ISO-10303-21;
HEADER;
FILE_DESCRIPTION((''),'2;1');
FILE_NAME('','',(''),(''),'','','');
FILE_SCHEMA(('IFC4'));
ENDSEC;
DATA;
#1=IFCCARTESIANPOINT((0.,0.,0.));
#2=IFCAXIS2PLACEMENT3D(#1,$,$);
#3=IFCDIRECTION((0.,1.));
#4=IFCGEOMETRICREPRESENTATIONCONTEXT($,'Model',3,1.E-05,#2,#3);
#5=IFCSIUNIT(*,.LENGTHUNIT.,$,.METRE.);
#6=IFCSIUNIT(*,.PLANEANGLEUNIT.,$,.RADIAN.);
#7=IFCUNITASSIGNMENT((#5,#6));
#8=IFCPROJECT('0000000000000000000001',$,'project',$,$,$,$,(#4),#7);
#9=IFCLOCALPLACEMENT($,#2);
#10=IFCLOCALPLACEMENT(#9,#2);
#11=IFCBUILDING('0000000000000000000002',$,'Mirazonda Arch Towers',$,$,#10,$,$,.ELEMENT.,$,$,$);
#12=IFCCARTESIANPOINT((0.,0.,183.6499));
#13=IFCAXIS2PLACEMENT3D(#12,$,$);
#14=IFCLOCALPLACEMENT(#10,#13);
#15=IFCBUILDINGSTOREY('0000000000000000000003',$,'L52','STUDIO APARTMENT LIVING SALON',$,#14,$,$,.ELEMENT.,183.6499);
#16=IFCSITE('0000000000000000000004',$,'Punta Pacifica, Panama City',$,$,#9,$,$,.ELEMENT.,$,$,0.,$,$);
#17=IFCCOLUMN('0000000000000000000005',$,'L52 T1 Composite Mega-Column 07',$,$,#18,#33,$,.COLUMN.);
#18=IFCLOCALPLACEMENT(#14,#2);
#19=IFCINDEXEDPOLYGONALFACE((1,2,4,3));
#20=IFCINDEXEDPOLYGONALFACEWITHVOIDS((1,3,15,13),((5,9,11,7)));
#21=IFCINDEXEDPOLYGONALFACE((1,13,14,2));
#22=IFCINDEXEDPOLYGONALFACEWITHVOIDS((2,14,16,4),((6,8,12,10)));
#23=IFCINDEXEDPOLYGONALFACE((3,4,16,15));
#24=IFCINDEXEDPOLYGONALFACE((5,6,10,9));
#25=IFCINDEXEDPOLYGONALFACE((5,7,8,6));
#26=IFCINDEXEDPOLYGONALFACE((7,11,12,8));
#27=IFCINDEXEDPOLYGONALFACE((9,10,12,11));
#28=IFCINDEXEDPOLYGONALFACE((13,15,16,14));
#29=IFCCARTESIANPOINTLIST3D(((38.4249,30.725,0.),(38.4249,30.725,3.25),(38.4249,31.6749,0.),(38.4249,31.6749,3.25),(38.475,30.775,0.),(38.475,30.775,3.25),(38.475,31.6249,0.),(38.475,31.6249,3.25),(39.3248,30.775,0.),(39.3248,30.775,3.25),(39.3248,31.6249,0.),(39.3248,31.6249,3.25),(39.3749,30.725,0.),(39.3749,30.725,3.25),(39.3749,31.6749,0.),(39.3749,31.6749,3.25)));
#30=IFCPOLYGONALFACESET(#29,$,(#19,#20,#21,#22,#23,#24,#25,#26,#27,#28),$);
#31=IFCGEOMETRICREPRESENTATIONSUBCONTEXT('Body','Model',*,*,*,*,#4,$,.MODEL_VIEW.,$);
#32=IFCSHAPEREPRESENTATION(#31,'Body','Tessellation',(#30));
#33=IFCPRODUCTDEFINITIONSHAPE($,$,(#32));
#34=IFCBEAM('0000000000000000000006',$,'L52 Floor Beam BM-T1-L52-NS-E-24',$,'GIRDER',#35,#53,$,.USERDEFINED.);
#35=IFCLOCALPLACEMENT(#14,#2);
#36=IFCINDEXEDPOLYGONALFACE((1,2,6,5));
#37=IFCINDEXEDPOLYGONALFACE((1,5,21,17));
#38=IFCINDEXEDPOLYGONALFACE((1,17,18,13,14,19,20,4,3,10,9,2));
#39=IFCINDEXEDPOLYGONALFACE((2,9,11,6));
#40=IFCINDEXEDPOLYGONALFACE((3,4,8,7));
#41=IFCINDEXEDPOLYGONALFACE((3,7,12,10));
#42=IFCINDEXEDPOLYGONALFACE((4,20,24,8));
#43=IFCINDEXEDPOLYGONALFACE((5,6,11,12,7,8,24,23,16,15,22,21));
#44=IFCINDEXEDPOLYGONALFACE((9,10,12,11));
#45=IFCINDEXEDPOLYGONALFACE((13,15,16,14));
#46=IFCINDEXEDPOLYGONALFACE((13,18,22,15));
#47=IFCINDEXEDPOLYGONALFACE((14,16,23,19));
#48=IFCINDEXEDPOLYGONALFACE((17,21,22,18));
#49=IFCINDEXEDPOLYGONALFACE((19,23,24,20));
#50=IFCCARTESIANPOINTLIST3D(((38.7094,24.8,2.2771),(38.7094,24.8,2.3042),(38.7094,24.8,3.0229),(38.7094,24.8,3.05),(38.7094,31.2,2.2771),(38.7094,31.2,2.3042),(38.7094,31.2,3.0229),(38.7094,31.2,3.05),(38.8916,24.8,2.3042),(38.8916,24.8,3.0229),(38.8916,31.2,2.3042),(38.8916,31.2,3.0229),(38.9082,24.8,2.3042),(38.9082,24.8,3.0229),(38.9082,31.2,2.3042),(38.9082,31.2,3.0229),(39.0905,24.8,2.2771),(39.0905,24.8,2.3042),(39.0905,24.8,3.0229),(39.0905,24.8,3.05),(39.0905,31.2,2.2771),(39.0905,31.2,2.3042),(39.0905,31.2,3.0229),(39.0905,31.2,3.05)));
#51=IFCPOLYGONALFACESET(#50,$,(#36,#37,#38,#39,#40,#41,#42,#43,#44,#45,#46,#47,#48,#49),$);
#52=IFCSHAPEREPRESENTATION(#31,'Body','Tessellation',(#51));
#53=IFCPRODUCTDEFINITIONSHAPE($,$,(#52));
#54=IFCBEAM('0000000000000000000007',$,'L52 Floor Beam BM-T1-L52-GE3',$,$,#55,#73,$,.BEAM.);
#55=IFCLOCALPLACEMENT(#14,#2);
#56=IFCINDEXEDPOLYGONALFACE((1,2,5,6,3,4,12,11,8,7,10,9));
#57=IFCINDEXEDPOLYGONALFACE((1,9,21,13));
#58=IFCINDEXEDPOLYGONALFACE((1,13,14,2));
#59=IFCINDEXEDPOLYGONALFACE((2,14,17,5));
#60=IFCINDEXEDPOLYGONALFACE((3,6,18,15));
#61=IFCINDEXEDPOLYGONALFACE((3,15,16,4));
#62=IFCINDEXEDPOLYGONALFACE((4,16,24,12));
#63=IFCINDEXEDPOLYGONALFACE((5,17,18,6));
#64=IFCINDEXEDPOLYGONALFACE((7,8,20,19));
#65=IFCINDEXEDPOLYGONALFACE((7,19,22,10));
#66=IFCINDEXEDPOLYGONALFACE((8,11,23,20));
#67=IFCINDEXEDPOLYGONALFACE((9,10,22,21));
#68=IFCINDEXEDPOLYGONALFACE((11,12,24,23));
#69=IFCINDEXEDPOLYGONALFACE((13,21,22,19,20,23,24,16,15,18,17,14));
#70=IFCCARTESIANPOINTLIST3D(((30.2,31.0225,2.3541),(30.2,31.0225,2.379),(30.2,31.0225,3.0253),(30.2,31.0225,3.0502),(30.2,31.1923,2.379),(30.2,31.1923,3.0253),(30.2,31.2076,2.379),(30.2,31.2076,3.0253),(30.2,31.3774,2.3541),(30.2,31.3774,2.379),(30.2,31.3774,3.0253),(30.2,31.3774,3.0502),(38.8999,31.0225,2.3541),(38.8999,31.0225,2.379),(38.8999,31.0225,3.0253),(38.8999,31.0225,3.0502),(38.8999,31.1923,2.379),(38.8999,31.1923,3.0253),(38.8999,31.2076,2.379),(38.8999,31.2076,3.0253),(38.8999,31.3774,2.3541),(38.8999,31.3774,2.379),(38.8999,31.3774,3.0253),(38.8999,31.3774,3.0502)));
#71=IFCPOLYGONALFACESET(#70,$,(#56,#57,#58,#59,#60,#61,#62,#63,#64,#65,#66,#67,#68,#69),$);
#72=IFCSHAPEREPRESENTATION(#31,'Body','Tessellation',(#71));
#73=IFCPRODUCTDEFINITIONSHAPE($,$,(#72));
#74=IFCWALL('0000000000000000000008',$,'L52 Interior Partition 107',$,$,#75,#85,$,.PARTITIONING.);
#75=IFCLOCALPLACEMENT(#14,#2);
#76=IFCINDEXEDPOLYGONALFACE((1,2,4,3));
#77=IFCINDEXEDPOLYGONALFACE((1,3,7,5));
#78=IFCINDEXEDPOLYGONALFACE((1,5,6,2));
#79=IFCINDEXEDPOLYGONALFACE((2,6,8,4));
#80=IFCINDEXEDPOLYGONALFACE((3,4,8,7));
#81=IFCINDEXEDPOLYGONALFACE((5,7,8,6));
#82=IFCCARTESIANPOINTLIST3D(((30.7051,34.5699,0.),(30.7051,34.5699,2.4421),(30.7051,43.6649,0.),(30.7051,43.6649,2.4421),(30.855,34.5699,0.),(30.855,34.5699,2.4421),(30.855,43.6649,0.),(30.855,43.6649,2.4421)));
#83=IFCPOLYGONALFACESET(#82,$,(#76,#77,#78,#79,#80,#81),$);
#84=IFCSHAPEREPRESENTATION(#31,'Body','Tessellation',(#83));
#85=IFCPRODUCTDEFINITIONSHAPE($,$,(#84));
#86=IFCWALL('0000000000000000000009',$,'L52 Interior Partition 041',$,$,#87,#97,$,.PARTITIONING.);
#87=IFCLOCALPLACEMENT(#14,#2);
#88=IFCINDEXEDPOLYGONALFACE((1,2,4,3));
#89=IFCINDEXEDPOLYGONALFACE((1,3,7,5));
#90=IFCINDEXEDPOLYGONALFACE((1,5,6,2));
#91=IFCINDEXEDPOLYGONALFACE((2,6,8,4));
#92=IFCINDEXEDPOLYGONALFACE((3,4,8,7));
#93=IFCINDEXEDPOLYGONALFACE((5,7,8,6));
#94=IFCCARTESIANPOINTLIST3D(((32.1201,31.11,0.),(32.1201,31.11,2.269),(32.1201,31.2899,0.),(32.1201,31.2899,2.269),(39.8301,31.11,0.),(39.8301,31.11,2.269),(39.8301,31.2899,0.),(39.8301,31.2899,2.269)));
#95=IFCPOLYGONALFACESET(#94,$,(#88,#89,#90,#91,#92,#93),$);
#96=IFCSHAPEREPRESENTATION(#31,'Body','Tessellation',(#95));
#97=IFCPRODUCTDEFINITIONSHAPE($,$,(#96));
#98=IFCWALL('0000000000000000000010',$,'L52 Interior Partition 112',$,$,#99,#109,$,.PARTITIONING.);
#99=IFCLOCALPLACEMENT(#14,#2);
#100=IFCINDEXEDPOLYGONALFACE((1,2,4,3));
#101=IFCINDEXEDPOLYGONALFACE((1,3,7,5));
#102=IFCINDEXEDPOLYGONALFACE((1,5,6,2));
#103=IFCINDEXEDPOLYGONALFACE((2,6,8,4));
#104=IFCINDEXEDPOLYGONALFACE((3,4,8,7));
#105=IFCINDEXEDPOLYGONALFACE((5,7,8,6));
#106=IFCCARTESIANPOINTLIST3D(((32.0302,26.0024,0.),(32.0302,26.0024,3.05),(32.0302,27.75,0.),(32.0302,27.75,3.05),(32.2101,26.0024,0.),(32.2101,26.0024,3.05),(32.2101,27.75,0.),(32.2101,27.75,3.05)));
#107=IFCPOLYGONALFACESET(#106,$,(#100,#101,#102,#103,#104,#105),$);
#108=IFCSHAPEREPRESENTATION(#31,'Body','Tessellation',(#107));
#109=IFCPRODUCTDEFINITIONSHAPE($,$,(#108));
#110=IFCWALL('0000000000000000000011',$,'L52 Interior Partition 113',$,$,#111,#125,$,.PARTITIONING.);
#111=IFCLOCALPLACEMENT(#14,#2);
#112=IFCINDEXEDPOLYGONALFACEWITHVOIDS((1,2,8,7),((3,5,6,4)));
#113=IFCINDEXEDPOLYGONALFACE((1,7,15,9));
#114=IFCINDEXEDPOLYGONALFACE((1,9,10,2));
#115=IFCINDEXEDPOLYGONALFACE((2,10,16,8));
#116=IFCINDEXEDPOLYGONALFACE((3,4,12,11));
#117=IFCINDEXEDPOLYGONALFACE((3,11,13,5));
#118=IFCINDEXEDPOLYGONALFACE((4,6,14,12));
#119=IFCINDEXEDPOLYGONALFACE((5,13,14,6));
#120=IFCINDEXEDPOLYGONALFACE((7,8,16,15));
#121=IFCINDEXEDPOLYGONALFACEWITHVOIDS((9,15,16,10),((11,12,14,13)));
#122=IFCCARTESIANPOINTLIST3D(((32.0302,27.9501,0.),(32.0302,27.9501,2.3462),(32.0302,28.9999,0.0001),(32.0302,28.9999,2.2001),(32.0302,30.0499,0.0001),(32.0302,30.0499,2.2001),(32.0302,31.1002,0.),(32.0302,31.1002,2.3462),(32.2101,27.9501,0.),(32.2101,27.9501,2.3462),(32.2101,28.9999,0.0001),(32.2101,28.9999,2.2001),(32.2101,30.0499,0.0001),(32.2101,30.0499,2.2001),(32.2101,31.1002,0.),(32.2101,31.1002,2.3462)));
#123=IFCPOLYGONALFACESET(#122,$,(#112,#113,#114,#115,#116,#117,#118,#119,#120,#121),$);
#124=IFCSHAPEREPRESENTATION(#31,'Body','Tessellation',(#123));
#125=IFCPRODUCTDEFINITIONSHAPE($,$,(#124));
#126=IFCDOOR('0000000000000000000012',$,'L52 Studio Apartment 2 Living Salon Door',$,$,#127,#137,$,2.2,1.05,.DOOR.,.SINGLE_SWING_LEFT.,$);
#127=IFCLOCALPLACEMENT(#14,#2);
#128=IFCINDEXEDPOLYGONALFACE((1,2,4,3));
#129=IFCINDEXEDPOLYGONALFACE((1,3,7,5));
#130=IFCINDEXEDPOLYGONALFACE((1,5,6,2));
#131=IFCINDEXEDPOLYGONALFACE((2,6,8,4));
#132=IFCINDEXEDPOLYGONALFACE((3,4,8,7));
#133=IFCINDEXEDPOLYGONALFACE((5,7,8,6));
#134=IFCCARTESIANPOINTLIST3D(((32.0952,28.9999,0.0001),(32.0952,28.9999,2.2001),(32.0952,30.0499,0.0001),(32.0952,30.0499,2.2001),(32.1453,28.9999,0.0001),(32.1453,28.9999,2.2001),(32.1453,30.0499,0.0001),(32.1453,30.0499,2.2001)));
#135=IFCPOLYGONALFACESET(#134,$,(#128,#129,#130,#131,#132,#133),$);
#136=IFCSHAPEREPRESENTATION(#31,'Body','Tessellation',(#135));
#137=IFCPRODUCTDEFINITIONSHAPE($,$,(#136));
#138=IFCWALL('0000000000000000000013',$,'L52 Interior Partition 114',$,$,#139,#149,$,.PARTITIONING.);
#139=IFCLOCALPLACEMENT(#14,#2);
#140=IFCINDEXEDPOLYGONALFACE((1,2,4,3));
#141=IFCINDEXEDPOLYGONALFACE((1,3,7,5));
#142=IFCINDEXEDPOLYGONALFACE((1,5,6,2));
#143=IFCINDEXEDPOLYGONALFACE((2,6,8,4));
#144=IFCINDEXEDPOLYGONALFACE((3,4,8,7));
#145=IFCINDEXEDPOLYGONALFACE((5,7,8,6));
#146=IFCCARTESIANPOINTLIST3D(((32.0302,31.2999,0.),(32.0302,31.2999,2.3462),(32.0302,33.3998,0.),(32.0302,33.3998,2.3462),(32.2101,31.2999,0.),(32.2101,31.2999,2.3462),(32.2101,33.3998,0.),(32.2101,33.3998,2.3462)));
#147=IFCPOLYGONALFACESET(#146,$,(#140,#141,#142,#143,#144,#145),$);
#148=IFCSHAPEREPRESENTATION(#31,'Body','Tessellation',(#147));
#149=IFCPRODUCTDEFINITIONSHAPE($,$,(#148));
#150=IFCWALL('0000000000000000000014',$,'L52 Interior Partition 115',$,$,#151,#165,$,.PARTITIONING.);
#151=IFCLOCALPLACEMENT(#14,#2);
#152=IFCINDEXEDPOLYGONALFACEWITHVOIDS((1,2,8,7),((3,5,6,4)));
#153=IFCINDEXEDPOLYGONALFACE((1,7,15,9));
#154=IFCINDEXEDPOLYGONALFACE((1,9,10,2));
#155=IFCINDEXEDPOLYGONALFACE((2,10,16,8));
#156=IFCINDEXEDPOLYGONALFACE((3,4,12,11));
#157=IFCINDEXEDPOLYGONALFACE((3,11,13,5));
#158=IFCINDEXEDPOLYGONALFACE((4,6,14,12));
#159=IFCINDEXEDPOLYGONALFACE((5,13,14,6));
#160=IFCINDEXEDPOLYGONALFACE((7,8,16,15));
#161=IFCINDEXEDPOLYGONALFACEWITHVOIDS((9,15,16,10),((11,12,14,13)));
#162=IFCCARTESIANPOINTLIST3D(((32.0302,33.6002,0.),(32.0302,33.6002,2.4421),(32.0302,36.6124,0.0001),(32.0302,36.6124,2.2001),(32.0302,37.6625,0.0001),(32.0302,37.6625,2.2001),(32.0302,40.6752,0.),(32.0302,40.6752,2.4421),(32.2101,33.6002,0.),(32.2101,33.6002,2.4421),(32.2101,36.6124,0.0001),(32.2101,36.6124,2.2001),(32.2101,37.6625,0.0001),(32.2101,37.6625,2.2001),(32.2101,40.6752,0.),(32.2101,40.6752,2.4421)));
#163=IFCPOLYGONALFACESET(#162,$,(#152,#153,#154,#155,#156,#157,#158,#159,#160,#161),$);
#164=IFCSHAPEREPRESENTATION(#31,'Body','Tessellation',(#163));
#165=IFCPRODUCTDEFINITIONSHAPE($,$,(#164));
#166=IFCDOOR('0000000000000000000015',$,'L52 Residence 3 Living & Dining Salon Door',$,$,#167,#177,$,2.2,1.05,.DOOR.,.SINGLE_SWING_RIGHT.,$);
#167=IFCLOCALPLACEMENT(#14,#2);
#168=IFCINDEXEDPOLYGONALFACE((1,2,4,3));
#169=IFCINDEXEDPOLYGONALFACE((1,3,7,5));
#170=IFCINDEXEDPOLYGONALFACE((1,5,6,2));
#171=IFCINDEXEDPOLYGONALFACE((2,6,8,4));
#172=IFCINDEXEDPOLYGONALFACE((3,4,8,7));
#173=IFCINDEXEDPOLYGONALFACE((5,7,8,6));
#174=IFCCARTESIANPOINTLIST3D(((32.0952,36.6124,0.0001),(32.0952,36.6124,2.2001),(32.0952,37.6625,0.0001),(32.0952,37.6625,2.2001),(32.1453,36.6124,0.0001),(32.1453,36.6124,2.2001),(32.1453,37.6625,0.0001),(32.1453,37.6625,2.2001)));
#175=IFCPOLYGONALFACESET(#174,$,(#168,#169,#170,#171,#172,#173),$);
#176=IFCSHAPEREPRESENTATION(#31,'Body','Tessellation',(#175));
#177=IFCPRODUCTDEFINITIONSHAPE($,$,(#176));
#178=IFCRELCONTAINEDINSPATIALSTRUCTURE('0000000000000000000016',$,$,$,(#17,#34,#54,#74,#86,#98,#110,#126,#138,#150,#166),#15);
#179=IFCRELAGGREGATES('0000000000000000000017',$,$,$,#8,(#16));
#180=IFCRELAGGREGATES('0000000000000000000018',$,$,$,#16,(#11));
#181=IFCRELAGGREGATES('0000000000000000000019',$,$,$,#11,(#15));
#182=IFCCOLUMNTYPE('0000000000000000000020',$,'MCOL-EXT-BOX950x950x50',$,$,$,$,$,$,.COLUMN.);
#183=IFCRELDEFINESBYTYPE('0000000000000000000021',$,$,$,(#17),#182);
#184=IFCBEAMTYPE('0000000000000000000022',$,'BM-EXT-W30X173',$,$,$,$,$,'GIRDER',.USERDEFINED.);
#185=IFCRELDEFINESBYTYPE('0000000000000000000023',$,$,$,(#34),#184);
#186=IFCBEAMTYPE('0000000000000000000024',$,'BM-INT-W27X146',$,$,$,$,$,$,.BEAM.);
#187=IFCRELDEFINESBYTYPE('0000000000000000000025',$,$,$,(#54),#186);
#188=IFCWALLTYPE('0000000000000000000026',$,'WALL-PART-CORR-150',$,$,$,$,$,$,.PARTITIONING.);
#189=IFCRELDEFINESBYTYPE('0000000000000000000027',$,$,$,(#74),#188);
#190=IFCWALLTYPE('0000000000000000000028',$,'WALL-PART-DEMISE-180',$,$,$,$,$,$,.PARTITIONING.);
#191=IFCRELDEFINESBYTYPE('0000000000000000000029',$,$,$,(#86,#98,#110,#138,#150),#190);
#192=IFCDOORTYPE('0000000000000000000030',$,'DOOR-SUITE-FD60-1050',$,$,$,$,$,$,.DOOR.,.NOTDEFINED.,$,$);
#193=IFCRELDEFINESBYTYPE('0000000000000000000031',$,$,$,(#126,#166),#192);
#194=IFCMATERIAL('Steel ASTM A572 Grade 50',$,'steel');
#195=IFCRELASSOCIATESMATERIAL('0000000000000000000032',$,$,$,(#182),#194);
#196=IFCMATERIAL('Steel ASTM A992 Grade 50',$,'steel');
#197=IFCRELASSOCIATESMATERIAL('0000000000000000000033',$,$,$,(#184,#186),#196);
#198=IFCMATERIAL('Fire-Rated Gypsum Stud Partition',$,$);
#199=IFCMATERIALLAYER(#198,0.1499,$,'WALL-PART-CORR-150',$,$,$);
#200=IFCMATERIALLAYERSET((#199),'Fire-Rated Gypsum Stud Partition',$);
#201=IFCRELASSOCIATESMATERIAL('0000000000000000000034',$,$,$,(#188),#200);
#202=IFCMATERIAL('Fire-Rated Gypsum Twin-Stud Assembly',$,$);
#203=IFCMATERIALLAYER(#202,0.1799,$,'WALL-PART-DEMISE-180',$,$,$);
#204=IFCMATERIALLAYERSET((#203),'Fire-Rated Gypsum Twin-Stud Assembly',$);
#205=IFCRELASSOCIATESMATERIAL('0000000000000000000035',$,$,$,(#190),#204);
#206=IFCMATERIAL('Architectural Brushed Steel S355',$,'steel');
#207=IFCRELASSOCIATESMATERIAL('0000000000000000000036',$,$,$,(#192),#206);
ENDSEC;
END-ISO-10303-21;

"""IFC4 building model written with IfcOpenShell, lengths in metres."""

from ifc_helpers import new_model, si_unit, direction, frame, frame_2d, origin, origin_2d, place, context, subcontext, project, spatial, rectangle, hollow_rectangle, i_section, extrude, material, layer, layer_set, material_profile, profile_set, type_object, element, fill, save


model = new_model("IFC4")

# Units and contexts
model_context = context("Model", 3, precision=1e-05, world=origin(), true_north=direction((0.0, 1.0)))
body_context = subcontext(model_context, "Body", "Model", "MODEL_VIEW")
ifc_project = project(units=[si_unit("LENGTHUNIT", "METRE"), si_unit("PLANEANGLEUNIT", "RADIAN")], contexts=[model_context])

# Site, building, storey
site_placement = place(None, origin())
site = spatial("IfcSite", under=ifc_project, at=site_placement, Name="Punta Pacifica, Panama City", CompositionType="ELEMENT", RefElevation=0.0)
building_placement = place(site_placement, origin())
building = spatial("IfcBuilding", under=site, at=building_placement, Name="Mirazonda Arch Towers", CompositionType="ELEMENT")
storey_placement = place(building_placement, frame((0.0, 0.0, 183.6499)))
storey = spatial("IfcBuildingStorey", under=building, at=storey_placement, Name="L52", Description="STUDIO APARTMENT LIVING SALON", CompositionType="ELEMENT", Elevation=183.6499)

# Column
ifc_material_1 = material(Name="Steel ASTM A572 Grade 50", Category="steel")
ifc_material_profile_1 = material_profile(ifc_material_1, hollow_rectangle(XDim=0.95, YDim=0.95, WallThickness=0.05, at=origin_2d()), Name="BOX950x950x50")
ifc_profile_set_1 = profile_set([ifc_material_profile_1], Name="Steel ASTM A572 Grade 50")
column_type = type_object("IfcColumnType", Name="MCOL-EXT-BOX950x950x50", PredefinedType="COLUMN", material=ifc_profile_set_1)
column_placement = place(storey_placement, frame((38.8999, 31.2, 0.0), z_axis=(0.0, 0.0, 1.0), x_axis=(1.0, 0.0, 0.0)))
element("IfcColumn", 1, at=column_placement, inside=storey, type_object=column_type, Name="L52 T1 Composite Mega-Column 07", PredefinedType="COLUMN", context=body_context, shape_type="SweptSolid", body=[
    extrude(hollow_rectangle(XDim=0.95, YDim=0.95, WallThickness=0.05, at=origin_2d()), origin(), (0.0, 0.0, 1.0), 3.25),
])

# Beams
ifc_material_2 = material(Name="Steel ASTM A992 Grade 50", Category="steel")
ifc_material_profile_2 = material_profile(ifc_material_2, i_section(OverallWidth=0.3811, OverallDepth=0.7729, WebThickness=0.0166, FlangeThickness=0.0271, at=origin_2d()), Name="W30X173")
ifc_profile_set_2 = profile_set([ifc_material_profile_2], Name="Steel ASTM A992 Grade 50")
beam_type_1 = type_object("IfcBeamType", Name="BM-EXT-W30X173", ElementType="GIRDER", PredefinedType="USERDEFINED", material=ifc_profile_set_2)
beam_1_placement = place(storey_placement, frame((38.8999, 24.8, 2.6636), z_axis=(0.0, 1.0, 0.0), x_axis=(-1.0, 0.0, 0.0)))
element("IfcBeam", 2, at=beam_1_placement, inside=storey, type_object=beam_type_1, Name="L52 Floor Beam BM-T1-L52-NS-E-24", ObjectType="GIRDER", PredefinedType="USERDEFINED", context=body_context, shape_type="SweptSolid", body=[
    extrude(i_section(OverallWidth=0.3811, OverallDepth=0.7729, WebThickness=0.0166, FlangeThickness=0.0271, at=origin_2d()), origin(), (0.0, 0.0, 1.0), 6.3999),
])
ifc_material_profile_3 = material_profile(ifc_material_2, i_section(OverallWidth=0.355, OverallDepth=0.696, WebThickness=0.0154, FlangeThickness=0.0249, at=origin_2d()), Name="W27X146")
ifc_profile_set_3 = profile_set([ifc_material_profile_3], Name="Steel ASTM A992 Grade 50")
beam_type_2 = type_object("IfcBeamType", Name="BM-INT-W27X146", PredefinedType="BEAM", material=ifc_profile_set_3)
beam_2_placement = place(storey_placement, frame((30.2, 31.2, 2.7021), z_axis=(1.0, 0.0, 0.0), x_axis=(0.0, 1.0, 0.0)))
element("IfcBeam", 3, at=beam_2_placement, inside=storey, type_object=beam_type_2, Name="L52 Floor Beam BM-T1-L52-GE3", PredefinedType="BEAM", context=body_context, shape_type="SweptSolid", body=[
    extrude(i_section(OverallWidth=0.355, OverallDepth=0.696, WebThickness=0.0154, FlangeThickness=0.0249, at=origin_2d()), origin(), (0.0, 0.0, 1.0), 8.7),
])

# Wall
ifc_material_3 = material(Name="Fire-Rated Gypsum Stud Partition")
ifc_layer_1 = layer(ifc_material_3, 0.1499, Name="WALL-PART-CORR-150")
ifc_layer_set_1 = layer_set([ifc_layer_1], Name="Fire-Rated Gypsum Stud Partition")
wall_type_1 = type_object("IfcWallType", Name="WALL-PART-CORR-150", PredefinedType="PARTITIONING", material=ifc_layer_set_1)
wall_1_placement = place(storey_placement, frame((30.78, 34.5701, 0.0), z_axis=(0.0, 0.0, 1.0), x_axis=(0.0, 1.0, 0.0)))
element("IfcWall", 4, at=wall_1_placement, inside=storey, type_object=wall_type_1, Name="L52 Interior Partition 107", PredefinedType="PARTITIONING", context=body_context, shape_type="SweptSolid", body=[
    extrude(rectangle(XDim=9.095, YDim=0.1499, at=frame_2d((4.5474, 0.0))), origin(), (0.0, 0.0, 1.0), 2.4421),
])

# Shared definitions
ifc_material_4 = material(Name="Fire-Rated Gypsum Twin-Stud Assembly")
ifc_layer_2 = layer(ifc_material_4, 0.1799, Name="WALL-PART-DEMISE-180")
ifc_layer_set_2 = layer_set([ifc_layer_2], Name="Fire-Rated Gypsum Twin-Stud Assembly")
wall_type_2 = type_object("IfcWallType", Name="WALL-PART-DEMISE-180", PredefinedType="PARTITIONING", material=ifc_layer_set_2)
ifc_material_5 = material(Name="Architectural Brushed Steel S355", Category="steel")

# Wall
wall_2_placement = place(storey_placement, frame((32.1201, 31.2, 0.0), z_axis=(0.0, 0.0, 1.0), x_axis=(1.0, 0.0, 0.0)))
element("IfcWall", 5, at=wall_2_placement, inside=storey, type_object=wall_type_2, Name="L52 Interior Partition 041", PredefinedType="PARTITIONING", context=body_context, shape_type="SweptSolid", body=[
    extrude(rectangle(XDim=7.71, YDim=0.1799, at=frame_2d((3.855, 0.0))), origin(), (0.0, 0.0, 1.0), 2.269),
])

# Wall
wall_3_placement = place(storey_placement, frame((32.1201, 26.0024, 0.0), z_axis=(0.0, 0.0, 1.0), x_axis=(0.0, 1.0, 0.0)))
element("IfcWall", 6, at=wall_3_placement, inside=storey, type_object=wall_type_2, Name="L52 Interior Partition 112", PredefinedType="PARTITIONING", context=body_context, shape_type="SweptSolid", body=[
    extrude(rectangle(XDim=1.7476, YDim=0.1799, at=frame_2d((0.8738, 0.0))), origin(), (0.0, 0.0, 1.0), 3.05),
])

# Wall, opening, door
wall_4_placement = place(storey_placement, frame((32.1201, 27.95, 0.0), z_axis=(0.0, 0.0, 1.0), x_axis=(0.0, 1.0, 0.0)))
wall_4 = element("IfcWall", 7, at=wall_4_placement, inside=storey, type_object=wall_type_2, Name="L52 Interior Partition 113", PredefinedType="PARTITIONING", context=body_context, shape_type="SweptSolid", body=[
    extrude(rectangle(XDim=3.1501, YDim=0.1799, at=frame_2d((1.5752, 0.0))), origin(), (0.0, 0.0, 1.0), 2.3462),
])
opening_1_placement = place(wall_4_placement, frame((1.05, 0.0, 0.0)))
opening_1 = element("IfcOpeningElement", 8, at=opening_1_placement, cuts=wall_4, PredefinedType="OPENING", context=body_context, shape_type="SweptSolid", body=[
    extrude(rectangle(XDim=1.05, YDim=2.2, at=frame_2d((0.5249, 1.1001))), frame((0.0, 0.0999, 0.0), z_axis=(0.0, -1.0, 0.0), x_axis=(1.0, 0.0, 0.0)), (0.0, 0.0, 1.0), 0.2),
])
door_type_1 = type_object("IfcDoorType", Name="DOOR-SUITE-FD60-1050", OperationType="NOTDEFINED", PredefinedType="DOOR", material=ifc_material_5)
door_1_placement = place(opening_1_placement, origin())
door_1 = element("IfcDoor", 9, at=door_1_placement, inside=storey, type_object=door_type_1, Name="L52 Studio Apartment 2 Living Salon Door", OperationType="SINGLE_SWING_LEFT", OverallHeight=2.2, OverallWidth=1.05, PredefinedType="DOOR", context=body_context, shape_type="SweptSolid", body=[
    extrude(rectangle(XDim=1.05, YDim=2.2, at=frame_2d((0.5249, 1.1001))), frame((0.0, 0.0249, 0.0), z_axis=(0.0, -1.0, 0.0), x_axis=(1.0, 0.0, 0.0)), (0.0, 0.0, 1.0), 0.05),
])
fill(opening_1, door_1)

# Wall
wall_5_placement = place(storey_placement, frame((32.1201, 31.3, 0.0), z_axis=(0.0, 0.0, 1.0), x_axis=(0.0, 1.0, 0.0)))
element("IfcWall", 10, at=wall_5_placement, inside=storey, type_object=wall_type_2, Name="L52 Interior Partition 114", PredefinedType="PARTITIONING", context=body_context, shape_type="SweptSolid", body=[
    extrude(rectangle(XDim=2.0999, YDim=0.1799, at=frame_2d((1.0498, 0.0))), origin(), (0.0, 0.0, 1.0), 2.3462),
])

# Wall, opening, door
wall_6_placement = place(storey_placement, frame((32.1201, 33.6001, 0.0), z_axis=(0.0, 0.0, 1.0), x_axis=(0.0, 1.0, 0.0)))
wall_6 = element("IfcWall", 11, at=wall_6_placement, inside=storey, type_object=wall_type_2, Name="L52 Interior Partition 115", PredefinedType="PARTITIONING", context=body_context, shape_type="SweptSolid", body=[
    extrude(rectangle(XDim=7.075, YDim=0.1799, at=frame_2d((3.5376, 0.0))), origin(), (0.0, 0.0, 1.0), 2.4421),
])
opening_2_placement = place(wall_6_placement, frame((3.0125, 0.0, 0.0)))
opening_2 = element("IfcOpeningElement", 12, at=opening_2_placement, cuts=wall_6, PredefinedType="OPENING", context=body_context, shape_type="SweptSolid", body=[
    extrude(rectangle(XDim=1.05, YDim=2.2, at=frame_2d((0.5249, 1.1001))), frame((0.0, 0.0999, 0.0), z_axis=(0.0, -1.0, 0.0), x_axis=(1.0, 0.0, 0.0)), (0.0, 0.0, 1.0), 0.2),
])
door_2_placement = place(opening_2_placement, origin())
door_2 = element("IfcDoor", 13, at=door_2_placement, inside=storey, type_object=door_type_1, Name="L52 Residence 3 Living & Dining Salon Door", OperationType="SINGLE_SWING_RIGHT", OverallHeight=2.2, OverallWidth=1.05, PredefinedType="DOOR", context=body_context, shape_type="SweptSolid", body=[
    extrude(rectangle(XDim=1.05, YDim=2.2, at=frame_2d((0.5249, 1.1001))), frame((0.0, 0.0249, 0.0), z_axis=(0.0, -1.0, 0.0), x_axis=(1.0, 0.0, 0.0)), (0.0, 0.0, 1.0), 0.05),
])
fill(opening_2, door_2)

save(model, "model.ifc")
